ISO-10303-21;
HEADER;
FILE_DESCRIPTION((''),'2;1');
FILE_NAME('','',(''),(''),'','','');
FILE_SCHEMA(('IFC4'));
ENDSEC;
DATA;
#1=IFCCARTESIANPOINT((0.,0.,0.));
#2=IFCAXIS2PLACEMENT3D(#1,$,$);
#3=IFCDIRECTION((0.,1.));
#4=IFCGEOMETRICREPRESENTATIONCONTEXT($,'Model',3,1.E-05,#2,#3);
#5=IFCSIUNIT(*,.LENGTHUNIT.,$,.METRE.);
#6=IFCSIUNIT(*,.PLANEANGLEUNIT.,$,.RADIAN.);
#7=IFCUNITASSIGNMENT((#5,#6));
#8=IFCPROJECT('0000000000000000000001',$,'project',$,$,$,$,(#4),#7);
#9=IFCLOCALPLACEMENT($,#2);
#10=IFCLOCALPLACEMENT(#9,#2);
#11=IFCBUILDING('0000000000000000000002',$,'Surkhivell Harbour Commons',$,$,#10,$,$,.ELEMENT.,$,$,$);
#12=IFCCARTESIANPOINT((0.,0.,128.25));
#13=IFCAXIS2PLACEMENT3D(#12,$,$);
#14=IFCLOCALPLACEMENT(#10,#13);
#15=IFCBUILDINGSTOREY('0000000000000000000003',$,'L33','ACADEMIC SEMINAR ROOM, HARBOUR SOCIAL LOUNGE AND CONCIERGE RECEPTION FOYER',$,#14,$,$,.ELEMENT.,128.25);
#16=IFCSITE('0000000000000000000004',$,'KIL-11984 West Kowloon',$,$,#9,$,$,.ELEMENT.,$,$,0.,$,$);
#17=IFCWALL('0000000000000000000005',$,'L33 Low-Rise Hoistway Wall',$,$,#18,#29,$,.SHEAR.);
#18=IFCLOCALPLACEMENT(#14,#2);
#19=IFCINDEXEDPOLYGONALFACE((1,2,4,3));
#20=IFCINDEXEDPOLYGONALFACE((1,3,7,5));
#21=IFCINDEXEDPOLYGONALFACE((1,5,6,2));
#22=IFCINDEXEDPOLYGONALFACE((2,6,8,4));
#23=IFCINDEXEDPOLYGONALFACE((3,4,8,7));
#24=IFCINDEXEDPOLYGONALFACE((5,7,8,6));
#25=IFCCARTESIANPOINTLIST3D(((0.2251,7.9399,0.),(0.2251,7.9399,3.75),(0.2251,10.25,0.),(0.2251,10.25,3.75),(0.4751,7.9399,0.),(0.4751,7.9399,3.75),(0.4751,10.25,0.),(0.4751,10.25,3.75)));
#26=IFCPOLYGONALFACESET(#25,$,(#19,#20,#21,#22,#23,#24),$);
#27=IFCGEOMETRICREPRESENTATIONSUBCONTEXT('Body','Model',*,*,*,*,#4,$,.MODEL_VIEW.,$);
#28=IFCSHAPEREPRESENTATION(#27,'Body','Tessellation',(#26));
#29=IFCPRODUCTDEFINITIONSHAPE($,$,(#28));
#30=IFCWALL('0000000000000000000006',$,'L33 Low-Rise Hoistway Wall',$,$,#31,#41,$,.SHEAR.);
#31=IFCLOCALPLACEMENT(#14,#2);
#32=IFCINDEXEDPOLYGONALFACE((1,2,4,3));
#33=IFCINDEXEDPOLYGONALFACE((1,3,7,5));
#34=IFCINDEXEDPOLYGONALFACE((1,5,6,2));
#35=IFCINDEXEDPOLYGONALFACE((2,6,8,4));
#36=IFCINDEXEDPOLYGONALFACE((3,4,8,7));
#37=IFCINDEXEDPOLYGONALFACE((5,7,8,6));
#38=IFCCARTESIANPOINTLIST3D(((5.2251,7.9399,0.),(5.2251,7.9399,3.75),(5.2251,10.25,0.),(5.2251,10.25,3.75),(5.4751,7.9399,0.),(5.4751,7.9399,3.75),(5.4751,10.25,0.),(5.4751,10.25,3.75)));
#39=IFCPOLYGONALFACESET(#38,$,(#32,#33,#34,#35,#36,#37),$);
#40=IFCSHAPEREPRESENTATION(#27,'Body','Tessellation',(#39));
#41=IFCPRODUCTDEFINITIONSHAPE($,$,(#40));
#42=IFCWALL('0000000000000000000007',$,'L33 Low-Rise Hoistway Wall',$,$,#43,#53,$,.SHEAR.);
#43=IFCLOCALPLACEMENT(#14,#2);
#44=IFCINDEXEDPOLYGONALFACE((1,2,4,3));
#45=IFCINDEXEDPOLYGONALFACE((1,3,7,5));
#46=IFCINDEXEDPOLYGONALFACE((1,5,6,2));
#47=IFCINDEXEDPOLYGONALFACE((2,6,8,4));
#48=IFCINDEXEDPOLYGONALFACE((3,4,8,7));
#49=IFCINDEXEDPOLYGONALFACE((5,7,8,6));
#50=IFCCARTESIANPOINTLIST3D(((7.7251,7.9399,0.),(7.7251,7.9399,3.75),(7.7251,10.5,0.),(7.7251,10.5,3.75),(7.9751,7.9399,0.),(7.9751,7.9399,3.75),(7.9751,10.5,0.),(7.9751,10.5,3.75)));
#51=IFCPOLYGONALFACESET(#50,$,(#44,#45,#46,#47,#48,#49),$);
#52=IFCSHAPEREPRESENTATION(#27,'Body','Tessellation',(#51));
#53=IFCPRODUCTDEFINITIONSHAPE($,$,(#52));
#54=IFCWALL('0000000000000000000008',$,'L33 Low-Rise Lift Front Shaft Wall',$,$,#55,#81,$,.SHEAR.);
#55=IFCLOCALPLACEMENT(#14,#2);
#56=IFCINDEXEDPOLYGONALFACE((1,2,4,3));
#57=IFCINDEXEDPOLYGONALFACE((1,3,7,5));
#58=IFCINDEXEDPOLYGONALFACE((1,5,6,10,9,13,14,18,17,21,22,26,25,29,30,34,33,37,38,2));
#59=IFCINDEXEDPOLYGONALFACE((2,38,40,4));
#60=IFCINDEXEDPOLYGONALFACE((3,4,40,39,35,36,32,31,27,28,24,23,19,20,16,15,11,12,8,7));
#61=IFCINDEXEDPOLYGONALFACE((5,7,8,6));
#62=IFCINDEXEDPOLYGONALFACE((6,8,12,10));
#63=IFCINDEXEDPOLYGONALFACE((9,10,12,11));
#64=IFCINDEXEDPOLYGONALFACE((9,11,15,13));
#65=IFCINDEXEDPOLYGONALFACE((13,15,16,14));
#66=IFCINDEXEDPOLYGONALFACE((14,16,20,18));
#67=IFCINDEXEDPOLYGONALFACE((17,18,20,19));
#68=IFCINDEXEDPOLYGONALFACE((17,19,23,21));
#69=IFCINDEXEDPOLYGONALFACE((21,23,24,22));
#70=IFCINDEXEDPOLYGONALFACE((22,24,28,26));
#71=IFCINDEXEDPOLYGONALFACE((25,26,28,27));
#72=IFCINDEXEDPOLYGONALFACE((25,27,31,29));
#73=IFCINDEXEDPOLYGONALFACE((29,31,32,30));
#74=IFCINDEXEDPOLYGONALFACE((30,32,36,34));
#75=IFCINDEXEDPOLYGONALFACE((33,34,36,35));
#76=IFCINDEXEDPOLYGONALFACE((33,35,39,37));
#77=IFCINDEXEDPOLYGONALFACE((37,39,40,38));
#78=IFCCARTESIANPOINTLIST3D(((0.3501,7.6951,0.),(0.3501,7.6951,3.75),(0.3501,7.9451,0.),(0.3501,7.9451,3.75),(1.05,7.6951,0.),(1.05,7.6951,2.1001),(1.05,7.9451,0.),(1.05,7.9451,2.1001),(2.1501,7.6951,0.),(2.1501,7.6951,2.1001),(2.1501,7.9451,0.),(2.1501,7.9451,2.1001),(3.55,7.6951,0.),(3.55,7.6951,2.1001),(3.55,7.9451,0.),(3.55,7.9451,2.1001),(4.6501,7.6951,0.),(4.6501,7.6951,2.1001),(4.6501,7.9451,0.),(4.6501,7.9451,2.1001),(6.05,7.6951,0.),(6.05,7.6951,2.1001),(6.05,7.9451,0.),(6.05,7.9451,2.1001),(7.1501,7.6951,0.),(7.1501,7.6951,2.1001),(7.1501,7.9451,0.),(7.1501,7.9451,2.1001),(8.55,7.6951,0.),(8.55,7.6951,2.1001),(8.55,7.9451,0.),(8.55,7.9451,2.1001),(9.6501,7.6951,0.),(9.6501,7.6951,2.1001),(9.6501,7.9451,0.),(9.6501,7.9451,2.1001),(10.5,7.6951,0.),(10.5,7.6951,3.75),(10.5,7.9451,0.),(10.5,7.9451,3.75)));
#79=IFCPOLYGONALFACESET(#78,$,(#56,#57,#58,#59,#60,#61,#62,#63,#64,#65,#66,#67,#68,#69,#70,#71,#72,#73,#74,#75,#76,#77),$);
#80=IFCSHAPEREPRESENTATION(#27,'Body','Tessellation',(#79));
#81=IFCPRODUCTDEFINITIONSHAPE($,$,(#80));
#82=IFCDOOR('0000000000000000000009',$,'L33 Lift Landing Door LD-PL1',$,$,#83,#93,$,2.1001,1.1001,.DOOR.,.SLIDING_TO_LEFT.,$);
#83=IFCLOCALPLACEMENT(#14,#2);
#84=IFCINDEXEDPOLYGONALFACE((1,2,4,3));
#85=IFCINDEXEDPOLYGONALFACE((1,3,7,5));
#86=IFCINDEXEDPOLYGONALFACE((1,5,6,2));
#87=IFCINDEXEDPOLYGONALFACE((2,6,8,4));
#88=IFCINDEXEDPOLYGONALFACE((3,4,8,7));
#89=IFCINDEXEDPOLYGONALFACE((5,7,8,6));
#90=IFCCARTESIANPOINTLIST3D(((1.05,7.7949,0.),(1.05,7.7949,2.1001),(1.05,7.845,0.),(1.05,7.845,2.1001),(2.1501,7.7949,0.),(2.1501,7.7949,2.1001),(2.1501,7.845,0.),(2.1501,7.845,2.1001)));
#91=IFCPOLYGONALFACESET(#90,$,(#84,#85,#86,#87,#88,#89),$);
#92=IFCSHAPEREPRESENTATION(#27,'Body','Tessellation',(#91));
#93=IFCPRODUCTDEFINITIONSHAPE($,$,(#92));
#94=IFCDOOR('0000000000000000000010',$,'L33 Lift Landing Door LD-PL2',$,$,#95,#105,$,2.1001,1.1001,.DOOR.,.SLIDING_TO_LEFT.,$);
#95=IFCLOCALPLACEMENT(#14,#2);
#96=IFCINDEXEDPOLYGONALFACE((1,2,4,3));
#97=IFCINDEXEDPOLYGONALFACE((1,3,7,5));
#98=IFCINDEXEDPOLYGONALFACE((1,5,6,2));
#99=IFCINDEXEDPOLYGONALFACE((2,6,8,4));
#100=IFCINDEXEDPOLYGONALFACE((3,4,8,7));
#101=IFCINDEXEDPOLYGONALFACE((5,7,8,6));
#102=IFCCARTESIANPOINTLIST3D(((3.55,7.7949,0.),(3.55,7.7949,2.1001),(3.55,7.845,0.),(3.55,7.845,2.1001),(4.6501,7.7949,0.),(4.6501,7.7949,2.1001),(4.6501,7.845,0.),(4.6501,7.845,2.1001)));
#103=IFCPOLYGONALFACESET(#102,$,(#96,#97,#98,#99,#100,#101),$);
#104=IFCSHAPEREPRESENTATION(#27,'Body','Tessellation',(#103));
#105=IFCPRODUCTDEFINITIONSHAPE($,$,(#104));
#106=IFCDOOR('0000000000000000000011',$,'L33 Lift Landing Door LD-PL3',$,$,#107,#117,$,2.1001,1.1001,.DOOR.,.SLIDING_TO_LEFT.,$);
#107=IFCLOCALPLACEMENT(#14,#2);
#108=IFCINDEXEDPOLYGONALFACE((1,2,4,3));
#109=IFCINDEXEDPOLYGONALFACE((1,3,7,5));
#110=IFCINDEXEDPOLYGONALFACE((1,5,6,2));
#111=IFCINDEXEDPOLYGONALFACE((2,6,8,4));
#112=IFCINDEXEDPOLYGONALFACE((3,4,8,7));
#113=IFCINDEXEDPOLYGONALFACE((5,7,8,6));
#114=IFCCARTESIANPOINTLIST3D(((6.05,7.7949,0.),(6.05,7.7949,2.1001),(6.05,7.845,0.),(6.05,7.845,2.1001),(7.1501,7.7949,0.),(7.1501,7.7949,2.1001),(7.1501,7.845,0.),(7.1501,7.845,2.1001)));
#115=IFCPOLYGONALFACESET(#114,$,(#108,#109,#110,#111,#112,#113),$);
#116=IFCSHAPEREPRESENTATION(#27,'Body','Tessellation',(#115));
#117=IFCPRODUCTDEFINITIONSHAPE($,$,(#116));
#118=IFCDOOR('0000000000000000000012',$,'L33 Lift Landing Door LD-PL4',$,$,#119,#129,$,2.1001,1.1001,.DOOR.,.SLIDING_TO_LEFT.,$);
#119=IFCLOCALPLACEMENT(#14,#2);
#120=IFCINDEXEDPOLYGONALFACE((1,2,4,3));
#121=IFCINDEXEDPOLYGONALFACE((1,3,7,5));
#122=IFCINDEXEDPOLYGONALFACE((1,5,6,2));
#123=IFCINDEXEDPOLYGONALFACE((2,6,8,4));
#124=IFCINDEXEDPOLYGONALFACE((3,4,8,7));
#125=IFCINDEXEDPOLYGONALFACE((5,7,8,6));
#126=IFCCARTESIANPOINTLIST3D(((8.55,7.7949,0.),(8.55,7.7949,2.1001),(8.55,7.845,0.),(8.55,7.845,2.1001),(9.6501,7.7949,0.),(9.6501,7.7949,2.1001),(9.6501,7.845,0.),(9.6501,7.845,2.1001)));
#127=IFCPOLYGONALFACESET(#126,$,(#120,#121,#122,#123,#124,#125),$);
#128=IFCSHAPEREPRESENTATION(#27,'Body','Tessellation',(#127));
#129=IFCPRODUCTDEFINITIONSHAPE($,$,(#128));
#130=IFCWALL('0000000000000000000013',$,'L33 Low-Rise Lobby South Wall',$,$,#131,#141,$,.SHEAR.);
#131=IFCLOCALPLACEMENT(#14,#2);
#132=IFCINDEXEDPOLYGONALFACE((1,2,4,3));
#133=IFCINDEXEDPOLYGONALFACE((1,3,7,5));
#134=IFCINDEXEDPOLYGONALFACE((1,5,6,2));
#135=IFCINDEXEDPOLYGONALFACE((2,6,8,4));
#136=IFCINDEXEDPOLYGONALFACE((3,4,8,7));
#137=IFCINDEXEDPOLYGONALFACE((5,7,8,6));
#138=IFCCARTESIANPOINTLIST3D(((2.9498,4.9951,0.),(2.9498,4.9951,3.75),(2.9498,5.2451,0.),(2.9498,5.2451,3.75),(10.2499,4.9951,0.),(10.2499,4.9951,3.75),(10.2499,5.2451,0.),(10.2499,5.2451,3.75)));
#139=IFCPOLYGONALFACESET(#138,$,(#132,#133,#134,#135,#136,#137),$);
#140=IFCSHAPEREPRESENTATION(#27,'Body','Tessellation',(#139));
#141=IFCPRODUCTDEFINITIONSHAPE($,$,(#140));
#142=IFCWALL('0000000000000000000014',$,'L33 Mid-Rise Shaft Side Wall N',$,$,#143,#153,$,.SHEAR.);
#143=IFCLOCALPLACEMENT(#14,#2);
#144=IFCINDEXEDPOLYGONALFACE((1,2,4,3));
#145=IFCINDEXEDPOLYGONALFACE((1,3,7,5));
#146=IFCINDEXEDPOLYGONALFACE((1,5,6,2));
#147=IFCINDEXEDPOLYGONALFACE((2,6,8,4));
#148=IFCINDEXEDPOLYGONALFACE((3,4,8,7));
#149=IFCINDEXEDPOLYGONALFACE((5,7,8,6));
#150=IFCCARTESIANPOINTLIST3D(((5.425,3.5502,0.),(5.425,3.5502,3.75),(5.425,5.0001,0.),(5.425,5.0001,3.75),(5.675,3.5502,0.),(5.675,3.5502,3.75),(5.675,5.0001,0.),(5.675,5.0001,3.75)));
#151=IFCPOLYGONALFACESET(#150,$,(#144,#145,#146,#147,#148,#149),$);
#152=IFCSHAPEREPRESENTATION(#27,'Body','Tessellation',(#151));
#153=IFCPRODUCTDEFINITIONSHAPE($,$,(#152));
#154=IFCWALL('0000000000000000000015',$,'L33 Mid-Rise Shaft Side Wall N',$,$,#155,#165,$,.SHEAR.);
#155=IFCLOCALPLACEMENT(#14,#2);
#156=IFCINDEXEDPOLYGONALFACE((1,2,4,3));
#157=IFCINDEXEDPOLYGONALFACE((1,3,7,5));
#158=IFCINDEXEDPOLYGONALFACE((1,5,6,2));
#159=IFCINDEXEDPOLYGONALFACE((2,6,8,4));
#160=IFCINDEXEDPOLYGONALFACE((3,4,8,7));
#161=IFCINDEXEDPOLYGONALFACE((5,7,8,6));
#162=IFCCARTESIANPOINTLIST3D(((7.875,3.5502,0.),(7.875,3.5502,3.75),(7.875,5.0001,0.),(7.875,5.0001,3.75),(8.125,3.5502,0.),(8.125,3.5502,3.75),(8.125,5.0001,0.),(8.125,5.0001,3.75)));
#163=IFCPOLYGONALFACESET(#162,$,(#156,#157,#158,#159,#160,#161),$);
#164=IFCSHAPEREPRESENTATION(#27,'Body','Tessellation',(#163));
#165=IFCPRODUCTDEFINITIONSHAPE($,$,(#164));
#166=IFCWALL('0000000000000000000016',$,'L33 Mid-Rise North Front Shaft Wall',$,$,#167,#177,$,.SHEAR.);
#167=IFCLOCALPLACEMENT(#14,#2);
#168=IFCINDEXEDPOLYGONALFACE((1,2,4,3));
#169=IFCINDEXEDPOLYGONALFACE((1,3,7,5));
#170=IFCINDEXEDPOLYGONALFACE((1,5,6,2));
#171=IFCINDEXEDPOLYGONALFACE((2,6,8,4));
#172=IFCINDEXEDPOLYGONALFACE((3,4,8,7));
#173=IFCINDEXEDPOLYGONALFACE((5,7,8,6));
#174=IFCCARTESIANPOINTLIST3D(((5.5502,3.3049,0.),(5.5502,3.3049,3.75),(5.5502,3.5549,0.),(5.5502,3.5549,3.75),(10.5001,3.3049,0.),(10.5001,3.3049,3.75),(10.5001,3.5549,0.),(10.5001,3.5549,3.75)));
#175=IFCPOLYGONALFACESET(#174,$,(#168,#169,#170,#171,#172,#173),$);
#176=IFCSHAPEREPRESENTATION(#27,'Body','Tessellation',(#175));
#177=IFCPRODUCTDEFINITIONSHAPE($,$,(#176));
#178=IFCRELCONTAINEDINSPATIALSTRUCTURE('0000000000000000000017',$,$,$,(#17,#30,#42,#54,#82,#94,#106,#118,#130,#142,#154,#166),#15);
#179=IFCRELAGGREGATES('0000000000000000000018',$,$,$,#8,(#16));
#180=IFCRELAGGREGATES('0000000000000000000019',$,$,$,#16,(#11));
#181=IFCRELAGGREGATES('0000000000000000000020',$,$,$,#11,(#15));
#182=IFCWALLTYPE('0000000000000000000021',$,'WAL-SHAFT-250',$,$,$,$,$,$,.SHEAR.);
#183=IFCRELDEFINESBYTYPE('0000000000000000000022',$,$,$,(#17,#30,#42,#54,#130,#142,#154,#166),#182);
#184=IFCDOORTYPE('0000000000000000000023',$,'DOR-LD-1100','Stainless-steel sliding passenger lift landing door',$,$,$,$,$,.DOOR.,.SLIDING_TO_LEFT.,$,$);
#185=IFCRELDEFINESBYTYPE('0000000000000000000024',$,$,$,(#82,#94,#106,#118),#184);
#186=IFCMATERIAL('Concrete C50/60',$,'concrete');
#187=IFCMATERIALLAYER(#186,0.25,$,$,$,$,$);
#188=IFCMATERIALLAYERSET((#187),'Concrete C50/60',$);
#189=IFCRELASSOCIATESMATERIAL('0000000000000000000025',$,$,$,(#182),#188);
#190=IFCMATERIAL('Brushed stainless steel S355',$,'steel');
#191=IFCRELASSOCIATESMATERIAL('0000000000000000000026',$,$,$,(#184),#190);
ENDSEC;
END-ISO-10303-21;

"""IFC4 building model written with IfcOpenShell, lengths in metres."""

from ifc_helpers import new_model, si_unit, direction, frame, frame_2d, origin, place, context, subcontext, project, spatial, rectangle, extrude, material, layer, layer_set, type_object, element, fill, save


model = new_model("IFC4")

# Units and contexts
model_context = context("Model", 3, precision=1e-05, world=origin(), true_north=direction((0.0, 1.0)))
body_context = subcontext(model_context, "Body", "Model", "MODEL_VIEW")
ifc_project = project(units=[si_unit("LENGTHUNIT", "METRE"), si_unit("PLANEANGLEUNIT", "RADIAN")], contexts=[model_context])

# Site, building, storey
site_placement = place(None, origin())
site = spatial("IfcSite", under=ifc_project, at=site_placement, Name="KIL-11984 West Kowloon", CompositionType="ELEMENT", RefElevation=0.0)
building_placement = place(site_placement, origin())
building = spatial("IfcBuilding", under=site, at=building_placement, Name="Surkhivell Harbour Commons", CompositionType="ELEMENT")
storey_placement = place(building_placement, frame((0.0, 0.0, 128.25)))
storey = spatial("IfcBuildingStorey", under=building, at=storey_placement, Name="L33", Description="ACADEMIC SEMINAR ROOM, HARBOUR SOCIAL LOUNGE AND CONCIERGE RECEPTION FOYER", CompositionType="ELEMENT", Elevation=128.25)

# Walls
ifc_material_1 = material(Name="Concrete C50/60", Category="concrete")
ifc_layer_1 = layer(ifc_material_1, 0.25)
ifc_layer_set_1 = layer_set([ifc_layer_1], Name="Concrete C50/60")
wall_type_1 = type_object("IfcWallType", Name="WAL-SHAFT-250", PredefinedType="SHEAR", material=ifc_layer_set_1)
for number, where, z_axis, x_axis, name in (
    (1, (0.3501, 7.9399, 0.0), (0.0, 0.0, 1.0), (0.0, 1.0, 0.0), "L33 Low-Rise Hoistway Wall"),
    (2, (5.3501, 7.9399, 0.0), (0.0, 0.0, 1.0), (0.0, 1.0, 0.0), "L33 Low-Rise Hoistway Wall"),
):
    element("IfcWall", number, at=place(storey_placement, frame(where, z_axis=z_axis, x_axis=x_axis)), inside=storey, type_object=wall_type_1, Name=name, PredefinedType="SHEAR", context=body_context, shape_type="SweptSolid", body=[
        extrude(rectangle(XDim=2.3101, YDim=0.25, at=frame_2d((1.155, 0.0))), origin(), (0.0, 0.0, 1.0), 3.75),
    ])
wall_1_placement = place(storey_placement, frame((7.8501, 7.9399, 0.0), z_axis=(0.0, 0.0, 1.0), x_axis=(0.0, 1.0, 0.0)))
element("IfcWall", 3, at=wall_1_placement, inside=storey, type_object=wall_type_1, Name="L33 Low-Rise Hoistway Wall", PredefinedType="SHEAR", context=body_context, shape_type="SweptSolid", body=[
    extrude(rectangle(XDim=2.5601, YDim=0.25, at=frame_2d((1.28, 0.0))), origin(), (0.0, 0.0, 1.0), 3.75),
])

# Wall, openings, doors
wall_2_placement = place(storey_placement, frame((0.3501, 7.8201, 0.0), z_axis=(0.0, 0.0, 1.0), x_axis=(1.0, 0.0, 0.0)))
wall_2 = element("IfcWall", 4, at=wall_2_placement, inside=storey, type_object=wall_type_1, Name="L33 Low-Rise Lift Front Shaft Wall", PredefinedType="SHEAR", context=body_context, shape_type="SweptSolid", body=[
    extrude(rectangle(XDim=10.1499, YDim=0.25, at=frame_2d((5.075, 0.0))), origin(), (0.0, 0.0, 1.0), 3.75),
])
opening_1_placement = place(wall_2_placement, frame((0.7, 0.0, 0.0)))
opening_1 = element("IfcOpeningElement", 5, at=opening_1_placement, cuts=wall_2, PredefinedType="OPENING", context=body_context, shape_type="SweptSolid", body=[
    extrude(rectangle(XDim=1.1001, YDim=2.1001, at=frame_2d((0.55, 1.05))), frame((0.0, 0.135, 0.0), z_axis=(0.0, -1.0, 0.0), x_axis=(1.0, 0.0, 0.0)), (0.0, 0.0, 1.0), 0.27),
])
opening_2_placement = place(wall_2_placement, frame((3.2, 0.0, 0.0)))
opening_2 = element("IfcOpeningElement", 6, at=opening_2_placement, cuts=wall_2, PredefinedType="OPENING", context=body_context, shape_type="SweptSolid", body=[
    extrude(rectangle(XDim=1.1001, YDim=2.1001, at=frame_2d((0.55, 1.05))), frame((0.0, 0.135, 0.0), z_axis=(0.0, -1.0, 0.0), x_axis=(1.0, 0.0, 0.0)), (0.0, 0.0, 1.0), 0.27),
])
opening_3_placement = place(wall_2_placement, frame((5.7, 0.0, 0.0)))
opening_3 = element("IfcOpeningElement", 7, at=opening_3_placement, cuts=wall_2, PredefinedType="OPENING", context=body_context, shape_type="SweptSolid", body=[
    extrude(rectangle(XDim=1.1001, YDim=2.1001, at=frame_2d((0.55, 1.05))), frame((0.0, 0.135, 0.0), z_axis=(0.0, -1.0, 0.0), x_axis=(1.0, 0.0, 0.0)), (0.0, 0.0, 1.0), 0.27),
])
opening_4_placement = place(wall_2_placement, frame((8.2, 0.0, 0.0)))
opening_4 = element("IfcOpeningElement", 8, at=opening_4_placement, cuts=wall_2, PredefinedType="OPENING", context=body_context, shape_type="SweptSolid", body=[
    extrude(rectangle(XDim=1.1001, YDim=2.1001, at=frame_2d((0.55, 1.05))), frame((0.0, 0.135, 0.0), z_axis=(0.0, -1.0, 0.0), x_axis=(1.0, 0.0, 0.0)), (0.0, 0.0, 1.0), 0.27),
])
ifc_material_2 = material(Name="Brushed stainless steel S355", Category="steel")
door_type_1 = type_object("IfcDoorType", Name="DOR-LD-1100", Description="Stainless-steel sliding passenger lift landing door", OperationType="SLIDING_TO_LEFT", PredefinedType="DOOR", material=ifc_material_2)
door_1_placement = place(opening_1_placement, origin())
door_1 = element("IfcDoor", 9, at=door_1_placement, inside=storey, type_object=door_type_1, Name="L33 Lift Landing Door LD-PL1", OperationType="SLIDING_TO_LEFT", OverallHeight=2.1001, OverallWidth=1.1001, PredefinedType="DOOR", context=body_context, shape_type="SweptSolid", body=[
    extrude(rectangle(XDim=1.1001, YDim=2.1001, at=frame_2d((0.55, 1.05))), frame((0.0, 0.0249, 0.0), z_axis=(0.0, -1.0, 0.0), x_axis=(1.0, 0.0, 0.0)), (0.0, 0.0, 1.0), 0.05),
])
fill(opening_1, door_1)
door_2_placement = place(opening_2_placement, origin())
door_2 = element("IfcDoor", 10, at=door_2_placement, inside=storey, type_object=door_type_1, Name="L33 Lift Landing Door LD-PL2", OperationType="SLIDING_TO_LEFT", OverallHeight=2.1001, OverallWidth=1.1001, PredefinedType="DOOR", context=body_context, shape_type="SweptSolid", body=[
    extrude(rectangle(XDim=1.1001, YDim=2.1001, at=frame_2d((0.55, 1.05))), frame((0.0, 0.0249, 0.0), z_axis=(0.0, -1.0, 0.0), x_axis=(1.0, 0.0, 0.0)), (0.0, 0.0, 1.0), 0.05),
])
fill(opening_2, door_2)
door_3_placement = place(opening_3_placement, origin())
door_3 = element("IfcDoor", 11, at=door_3_placement, inside=storey, type_object=door_type_1, Name="L33 Lift Landing Door LD-PL3", OperationType="SLIDING_TO_LEFT", OverallHeight=2.1001, OverallWidth=1.1001, PredefinedType="DOOR", context=body_context, shape_type="SweptSolid", body=[
    extrude(rectangle(XDim=1.1001, YDim=2.1001, at=frame_2d((0.55, 1.05))), frame((0.0, 0.0249, 0.0), z_axis=(0.0, -1.0, 0.0), x_axis=(1.0, 0.0, 0.0)), (0.0, 0.0, 1.0), 0.05),
])
fill(opening_3, door_3)
door_4_placement = place(opening_4_placement, origin())
door_4 = element("IfcDoor", 12, at=door_4_placement, inside=storey, type_object=door_type_1, Name="L33 Lift Landing Door LD-PL4", OperationType="SLIDING_TO_LEFT", OverallHeight=2.1001, OverallWidth=1.1001, PredefinedType="DOOR", context=body_context, shape_type="SweptSolid", body=[
    extrude(rectangle(XDim=1.1001, YDim=2.1001, at=frame_2d((0.55, 1.05))), frame((0.0, 0.0249, 0.0), z_axis=(0.0, -1.0, 0.0), x_axis=(1.0, 0.0, 0.0)), (0.0, 0.0, 1.0), 0.05),
])
fill(opening_4, door_4)

# Walls
wall_3_placement = place(storey_placement, frame((2.95, 5.1201, 0.0), z_axis=(0.0, 0.0, 1.0), x_axis=(1.0, 0.0, 0.0)))
element("IfcWall", 13, at=wall_3_placement, inside=storey, type_object=wall_type_1, Name="L33 Low-Rise Lobby South Wall", PredefinedType="SHEAR", context=body_context, shape_type="SweptSolid", body=[
    extrude(rectangle(XDim=7.3, YDim=0.25, at=frame_2d((3.6499, 0.0))), origin(), (0.0, 0.0, 1.0), 3.75),
])
for number, where, z_axis, x_axis, name in (
    (14, (5.55, 3.55, 0.0), (0.0, 0.0, 1.0), (0.0, 1.0, 0.0), "L33 Mid-Rise Shaft Side Wall N"),
    (15, (8.0, 3.55, 0.0), (0.0, 0.0, 1.0), (0.0, 1.0, 0.0), "L33 Mid-Rise Shaft Side Wall N"),
):
    element("IfcWall", number, at=place(storey_placement, frame(where, z_axis=z_axis, x_axis=x_axis)), inside=storey, type_object=wall_type_1, Name=name, PredefinedType="SHEAR", context=body_context, shape_type="SweptSolid", body=[
        extrude(rectangle(XDim=1.45, YDim=0.25, at=frame_2d((0.7251, 0.0))), origin(), (0.0, 0.0, 1.0), 3.75),
    ])
wall_4_placement = place(storey_placement, frame((5.55, 3.4299, 0.0), z_axis=(0.0, 0.0, 1.0), x_axis=(1.0, 0.0, 0.0)))
element("IfcWall", 16, at=wall_4_placement, inside=storey, type_object=wall_type_1, Name="L33 Mid-Rise North Front Shaft Wall", PredefinedType="SHEAR", context=body_context, shape_type="SweptSolid", body=[
    extrude(rectangle(XDim=4.95, YDim=0.25, at=frame_2d((2.4751, 0.0))), origin(), (0.0, 0.0, 1.0), 3.75),
])

save(model, "model.ifc")
